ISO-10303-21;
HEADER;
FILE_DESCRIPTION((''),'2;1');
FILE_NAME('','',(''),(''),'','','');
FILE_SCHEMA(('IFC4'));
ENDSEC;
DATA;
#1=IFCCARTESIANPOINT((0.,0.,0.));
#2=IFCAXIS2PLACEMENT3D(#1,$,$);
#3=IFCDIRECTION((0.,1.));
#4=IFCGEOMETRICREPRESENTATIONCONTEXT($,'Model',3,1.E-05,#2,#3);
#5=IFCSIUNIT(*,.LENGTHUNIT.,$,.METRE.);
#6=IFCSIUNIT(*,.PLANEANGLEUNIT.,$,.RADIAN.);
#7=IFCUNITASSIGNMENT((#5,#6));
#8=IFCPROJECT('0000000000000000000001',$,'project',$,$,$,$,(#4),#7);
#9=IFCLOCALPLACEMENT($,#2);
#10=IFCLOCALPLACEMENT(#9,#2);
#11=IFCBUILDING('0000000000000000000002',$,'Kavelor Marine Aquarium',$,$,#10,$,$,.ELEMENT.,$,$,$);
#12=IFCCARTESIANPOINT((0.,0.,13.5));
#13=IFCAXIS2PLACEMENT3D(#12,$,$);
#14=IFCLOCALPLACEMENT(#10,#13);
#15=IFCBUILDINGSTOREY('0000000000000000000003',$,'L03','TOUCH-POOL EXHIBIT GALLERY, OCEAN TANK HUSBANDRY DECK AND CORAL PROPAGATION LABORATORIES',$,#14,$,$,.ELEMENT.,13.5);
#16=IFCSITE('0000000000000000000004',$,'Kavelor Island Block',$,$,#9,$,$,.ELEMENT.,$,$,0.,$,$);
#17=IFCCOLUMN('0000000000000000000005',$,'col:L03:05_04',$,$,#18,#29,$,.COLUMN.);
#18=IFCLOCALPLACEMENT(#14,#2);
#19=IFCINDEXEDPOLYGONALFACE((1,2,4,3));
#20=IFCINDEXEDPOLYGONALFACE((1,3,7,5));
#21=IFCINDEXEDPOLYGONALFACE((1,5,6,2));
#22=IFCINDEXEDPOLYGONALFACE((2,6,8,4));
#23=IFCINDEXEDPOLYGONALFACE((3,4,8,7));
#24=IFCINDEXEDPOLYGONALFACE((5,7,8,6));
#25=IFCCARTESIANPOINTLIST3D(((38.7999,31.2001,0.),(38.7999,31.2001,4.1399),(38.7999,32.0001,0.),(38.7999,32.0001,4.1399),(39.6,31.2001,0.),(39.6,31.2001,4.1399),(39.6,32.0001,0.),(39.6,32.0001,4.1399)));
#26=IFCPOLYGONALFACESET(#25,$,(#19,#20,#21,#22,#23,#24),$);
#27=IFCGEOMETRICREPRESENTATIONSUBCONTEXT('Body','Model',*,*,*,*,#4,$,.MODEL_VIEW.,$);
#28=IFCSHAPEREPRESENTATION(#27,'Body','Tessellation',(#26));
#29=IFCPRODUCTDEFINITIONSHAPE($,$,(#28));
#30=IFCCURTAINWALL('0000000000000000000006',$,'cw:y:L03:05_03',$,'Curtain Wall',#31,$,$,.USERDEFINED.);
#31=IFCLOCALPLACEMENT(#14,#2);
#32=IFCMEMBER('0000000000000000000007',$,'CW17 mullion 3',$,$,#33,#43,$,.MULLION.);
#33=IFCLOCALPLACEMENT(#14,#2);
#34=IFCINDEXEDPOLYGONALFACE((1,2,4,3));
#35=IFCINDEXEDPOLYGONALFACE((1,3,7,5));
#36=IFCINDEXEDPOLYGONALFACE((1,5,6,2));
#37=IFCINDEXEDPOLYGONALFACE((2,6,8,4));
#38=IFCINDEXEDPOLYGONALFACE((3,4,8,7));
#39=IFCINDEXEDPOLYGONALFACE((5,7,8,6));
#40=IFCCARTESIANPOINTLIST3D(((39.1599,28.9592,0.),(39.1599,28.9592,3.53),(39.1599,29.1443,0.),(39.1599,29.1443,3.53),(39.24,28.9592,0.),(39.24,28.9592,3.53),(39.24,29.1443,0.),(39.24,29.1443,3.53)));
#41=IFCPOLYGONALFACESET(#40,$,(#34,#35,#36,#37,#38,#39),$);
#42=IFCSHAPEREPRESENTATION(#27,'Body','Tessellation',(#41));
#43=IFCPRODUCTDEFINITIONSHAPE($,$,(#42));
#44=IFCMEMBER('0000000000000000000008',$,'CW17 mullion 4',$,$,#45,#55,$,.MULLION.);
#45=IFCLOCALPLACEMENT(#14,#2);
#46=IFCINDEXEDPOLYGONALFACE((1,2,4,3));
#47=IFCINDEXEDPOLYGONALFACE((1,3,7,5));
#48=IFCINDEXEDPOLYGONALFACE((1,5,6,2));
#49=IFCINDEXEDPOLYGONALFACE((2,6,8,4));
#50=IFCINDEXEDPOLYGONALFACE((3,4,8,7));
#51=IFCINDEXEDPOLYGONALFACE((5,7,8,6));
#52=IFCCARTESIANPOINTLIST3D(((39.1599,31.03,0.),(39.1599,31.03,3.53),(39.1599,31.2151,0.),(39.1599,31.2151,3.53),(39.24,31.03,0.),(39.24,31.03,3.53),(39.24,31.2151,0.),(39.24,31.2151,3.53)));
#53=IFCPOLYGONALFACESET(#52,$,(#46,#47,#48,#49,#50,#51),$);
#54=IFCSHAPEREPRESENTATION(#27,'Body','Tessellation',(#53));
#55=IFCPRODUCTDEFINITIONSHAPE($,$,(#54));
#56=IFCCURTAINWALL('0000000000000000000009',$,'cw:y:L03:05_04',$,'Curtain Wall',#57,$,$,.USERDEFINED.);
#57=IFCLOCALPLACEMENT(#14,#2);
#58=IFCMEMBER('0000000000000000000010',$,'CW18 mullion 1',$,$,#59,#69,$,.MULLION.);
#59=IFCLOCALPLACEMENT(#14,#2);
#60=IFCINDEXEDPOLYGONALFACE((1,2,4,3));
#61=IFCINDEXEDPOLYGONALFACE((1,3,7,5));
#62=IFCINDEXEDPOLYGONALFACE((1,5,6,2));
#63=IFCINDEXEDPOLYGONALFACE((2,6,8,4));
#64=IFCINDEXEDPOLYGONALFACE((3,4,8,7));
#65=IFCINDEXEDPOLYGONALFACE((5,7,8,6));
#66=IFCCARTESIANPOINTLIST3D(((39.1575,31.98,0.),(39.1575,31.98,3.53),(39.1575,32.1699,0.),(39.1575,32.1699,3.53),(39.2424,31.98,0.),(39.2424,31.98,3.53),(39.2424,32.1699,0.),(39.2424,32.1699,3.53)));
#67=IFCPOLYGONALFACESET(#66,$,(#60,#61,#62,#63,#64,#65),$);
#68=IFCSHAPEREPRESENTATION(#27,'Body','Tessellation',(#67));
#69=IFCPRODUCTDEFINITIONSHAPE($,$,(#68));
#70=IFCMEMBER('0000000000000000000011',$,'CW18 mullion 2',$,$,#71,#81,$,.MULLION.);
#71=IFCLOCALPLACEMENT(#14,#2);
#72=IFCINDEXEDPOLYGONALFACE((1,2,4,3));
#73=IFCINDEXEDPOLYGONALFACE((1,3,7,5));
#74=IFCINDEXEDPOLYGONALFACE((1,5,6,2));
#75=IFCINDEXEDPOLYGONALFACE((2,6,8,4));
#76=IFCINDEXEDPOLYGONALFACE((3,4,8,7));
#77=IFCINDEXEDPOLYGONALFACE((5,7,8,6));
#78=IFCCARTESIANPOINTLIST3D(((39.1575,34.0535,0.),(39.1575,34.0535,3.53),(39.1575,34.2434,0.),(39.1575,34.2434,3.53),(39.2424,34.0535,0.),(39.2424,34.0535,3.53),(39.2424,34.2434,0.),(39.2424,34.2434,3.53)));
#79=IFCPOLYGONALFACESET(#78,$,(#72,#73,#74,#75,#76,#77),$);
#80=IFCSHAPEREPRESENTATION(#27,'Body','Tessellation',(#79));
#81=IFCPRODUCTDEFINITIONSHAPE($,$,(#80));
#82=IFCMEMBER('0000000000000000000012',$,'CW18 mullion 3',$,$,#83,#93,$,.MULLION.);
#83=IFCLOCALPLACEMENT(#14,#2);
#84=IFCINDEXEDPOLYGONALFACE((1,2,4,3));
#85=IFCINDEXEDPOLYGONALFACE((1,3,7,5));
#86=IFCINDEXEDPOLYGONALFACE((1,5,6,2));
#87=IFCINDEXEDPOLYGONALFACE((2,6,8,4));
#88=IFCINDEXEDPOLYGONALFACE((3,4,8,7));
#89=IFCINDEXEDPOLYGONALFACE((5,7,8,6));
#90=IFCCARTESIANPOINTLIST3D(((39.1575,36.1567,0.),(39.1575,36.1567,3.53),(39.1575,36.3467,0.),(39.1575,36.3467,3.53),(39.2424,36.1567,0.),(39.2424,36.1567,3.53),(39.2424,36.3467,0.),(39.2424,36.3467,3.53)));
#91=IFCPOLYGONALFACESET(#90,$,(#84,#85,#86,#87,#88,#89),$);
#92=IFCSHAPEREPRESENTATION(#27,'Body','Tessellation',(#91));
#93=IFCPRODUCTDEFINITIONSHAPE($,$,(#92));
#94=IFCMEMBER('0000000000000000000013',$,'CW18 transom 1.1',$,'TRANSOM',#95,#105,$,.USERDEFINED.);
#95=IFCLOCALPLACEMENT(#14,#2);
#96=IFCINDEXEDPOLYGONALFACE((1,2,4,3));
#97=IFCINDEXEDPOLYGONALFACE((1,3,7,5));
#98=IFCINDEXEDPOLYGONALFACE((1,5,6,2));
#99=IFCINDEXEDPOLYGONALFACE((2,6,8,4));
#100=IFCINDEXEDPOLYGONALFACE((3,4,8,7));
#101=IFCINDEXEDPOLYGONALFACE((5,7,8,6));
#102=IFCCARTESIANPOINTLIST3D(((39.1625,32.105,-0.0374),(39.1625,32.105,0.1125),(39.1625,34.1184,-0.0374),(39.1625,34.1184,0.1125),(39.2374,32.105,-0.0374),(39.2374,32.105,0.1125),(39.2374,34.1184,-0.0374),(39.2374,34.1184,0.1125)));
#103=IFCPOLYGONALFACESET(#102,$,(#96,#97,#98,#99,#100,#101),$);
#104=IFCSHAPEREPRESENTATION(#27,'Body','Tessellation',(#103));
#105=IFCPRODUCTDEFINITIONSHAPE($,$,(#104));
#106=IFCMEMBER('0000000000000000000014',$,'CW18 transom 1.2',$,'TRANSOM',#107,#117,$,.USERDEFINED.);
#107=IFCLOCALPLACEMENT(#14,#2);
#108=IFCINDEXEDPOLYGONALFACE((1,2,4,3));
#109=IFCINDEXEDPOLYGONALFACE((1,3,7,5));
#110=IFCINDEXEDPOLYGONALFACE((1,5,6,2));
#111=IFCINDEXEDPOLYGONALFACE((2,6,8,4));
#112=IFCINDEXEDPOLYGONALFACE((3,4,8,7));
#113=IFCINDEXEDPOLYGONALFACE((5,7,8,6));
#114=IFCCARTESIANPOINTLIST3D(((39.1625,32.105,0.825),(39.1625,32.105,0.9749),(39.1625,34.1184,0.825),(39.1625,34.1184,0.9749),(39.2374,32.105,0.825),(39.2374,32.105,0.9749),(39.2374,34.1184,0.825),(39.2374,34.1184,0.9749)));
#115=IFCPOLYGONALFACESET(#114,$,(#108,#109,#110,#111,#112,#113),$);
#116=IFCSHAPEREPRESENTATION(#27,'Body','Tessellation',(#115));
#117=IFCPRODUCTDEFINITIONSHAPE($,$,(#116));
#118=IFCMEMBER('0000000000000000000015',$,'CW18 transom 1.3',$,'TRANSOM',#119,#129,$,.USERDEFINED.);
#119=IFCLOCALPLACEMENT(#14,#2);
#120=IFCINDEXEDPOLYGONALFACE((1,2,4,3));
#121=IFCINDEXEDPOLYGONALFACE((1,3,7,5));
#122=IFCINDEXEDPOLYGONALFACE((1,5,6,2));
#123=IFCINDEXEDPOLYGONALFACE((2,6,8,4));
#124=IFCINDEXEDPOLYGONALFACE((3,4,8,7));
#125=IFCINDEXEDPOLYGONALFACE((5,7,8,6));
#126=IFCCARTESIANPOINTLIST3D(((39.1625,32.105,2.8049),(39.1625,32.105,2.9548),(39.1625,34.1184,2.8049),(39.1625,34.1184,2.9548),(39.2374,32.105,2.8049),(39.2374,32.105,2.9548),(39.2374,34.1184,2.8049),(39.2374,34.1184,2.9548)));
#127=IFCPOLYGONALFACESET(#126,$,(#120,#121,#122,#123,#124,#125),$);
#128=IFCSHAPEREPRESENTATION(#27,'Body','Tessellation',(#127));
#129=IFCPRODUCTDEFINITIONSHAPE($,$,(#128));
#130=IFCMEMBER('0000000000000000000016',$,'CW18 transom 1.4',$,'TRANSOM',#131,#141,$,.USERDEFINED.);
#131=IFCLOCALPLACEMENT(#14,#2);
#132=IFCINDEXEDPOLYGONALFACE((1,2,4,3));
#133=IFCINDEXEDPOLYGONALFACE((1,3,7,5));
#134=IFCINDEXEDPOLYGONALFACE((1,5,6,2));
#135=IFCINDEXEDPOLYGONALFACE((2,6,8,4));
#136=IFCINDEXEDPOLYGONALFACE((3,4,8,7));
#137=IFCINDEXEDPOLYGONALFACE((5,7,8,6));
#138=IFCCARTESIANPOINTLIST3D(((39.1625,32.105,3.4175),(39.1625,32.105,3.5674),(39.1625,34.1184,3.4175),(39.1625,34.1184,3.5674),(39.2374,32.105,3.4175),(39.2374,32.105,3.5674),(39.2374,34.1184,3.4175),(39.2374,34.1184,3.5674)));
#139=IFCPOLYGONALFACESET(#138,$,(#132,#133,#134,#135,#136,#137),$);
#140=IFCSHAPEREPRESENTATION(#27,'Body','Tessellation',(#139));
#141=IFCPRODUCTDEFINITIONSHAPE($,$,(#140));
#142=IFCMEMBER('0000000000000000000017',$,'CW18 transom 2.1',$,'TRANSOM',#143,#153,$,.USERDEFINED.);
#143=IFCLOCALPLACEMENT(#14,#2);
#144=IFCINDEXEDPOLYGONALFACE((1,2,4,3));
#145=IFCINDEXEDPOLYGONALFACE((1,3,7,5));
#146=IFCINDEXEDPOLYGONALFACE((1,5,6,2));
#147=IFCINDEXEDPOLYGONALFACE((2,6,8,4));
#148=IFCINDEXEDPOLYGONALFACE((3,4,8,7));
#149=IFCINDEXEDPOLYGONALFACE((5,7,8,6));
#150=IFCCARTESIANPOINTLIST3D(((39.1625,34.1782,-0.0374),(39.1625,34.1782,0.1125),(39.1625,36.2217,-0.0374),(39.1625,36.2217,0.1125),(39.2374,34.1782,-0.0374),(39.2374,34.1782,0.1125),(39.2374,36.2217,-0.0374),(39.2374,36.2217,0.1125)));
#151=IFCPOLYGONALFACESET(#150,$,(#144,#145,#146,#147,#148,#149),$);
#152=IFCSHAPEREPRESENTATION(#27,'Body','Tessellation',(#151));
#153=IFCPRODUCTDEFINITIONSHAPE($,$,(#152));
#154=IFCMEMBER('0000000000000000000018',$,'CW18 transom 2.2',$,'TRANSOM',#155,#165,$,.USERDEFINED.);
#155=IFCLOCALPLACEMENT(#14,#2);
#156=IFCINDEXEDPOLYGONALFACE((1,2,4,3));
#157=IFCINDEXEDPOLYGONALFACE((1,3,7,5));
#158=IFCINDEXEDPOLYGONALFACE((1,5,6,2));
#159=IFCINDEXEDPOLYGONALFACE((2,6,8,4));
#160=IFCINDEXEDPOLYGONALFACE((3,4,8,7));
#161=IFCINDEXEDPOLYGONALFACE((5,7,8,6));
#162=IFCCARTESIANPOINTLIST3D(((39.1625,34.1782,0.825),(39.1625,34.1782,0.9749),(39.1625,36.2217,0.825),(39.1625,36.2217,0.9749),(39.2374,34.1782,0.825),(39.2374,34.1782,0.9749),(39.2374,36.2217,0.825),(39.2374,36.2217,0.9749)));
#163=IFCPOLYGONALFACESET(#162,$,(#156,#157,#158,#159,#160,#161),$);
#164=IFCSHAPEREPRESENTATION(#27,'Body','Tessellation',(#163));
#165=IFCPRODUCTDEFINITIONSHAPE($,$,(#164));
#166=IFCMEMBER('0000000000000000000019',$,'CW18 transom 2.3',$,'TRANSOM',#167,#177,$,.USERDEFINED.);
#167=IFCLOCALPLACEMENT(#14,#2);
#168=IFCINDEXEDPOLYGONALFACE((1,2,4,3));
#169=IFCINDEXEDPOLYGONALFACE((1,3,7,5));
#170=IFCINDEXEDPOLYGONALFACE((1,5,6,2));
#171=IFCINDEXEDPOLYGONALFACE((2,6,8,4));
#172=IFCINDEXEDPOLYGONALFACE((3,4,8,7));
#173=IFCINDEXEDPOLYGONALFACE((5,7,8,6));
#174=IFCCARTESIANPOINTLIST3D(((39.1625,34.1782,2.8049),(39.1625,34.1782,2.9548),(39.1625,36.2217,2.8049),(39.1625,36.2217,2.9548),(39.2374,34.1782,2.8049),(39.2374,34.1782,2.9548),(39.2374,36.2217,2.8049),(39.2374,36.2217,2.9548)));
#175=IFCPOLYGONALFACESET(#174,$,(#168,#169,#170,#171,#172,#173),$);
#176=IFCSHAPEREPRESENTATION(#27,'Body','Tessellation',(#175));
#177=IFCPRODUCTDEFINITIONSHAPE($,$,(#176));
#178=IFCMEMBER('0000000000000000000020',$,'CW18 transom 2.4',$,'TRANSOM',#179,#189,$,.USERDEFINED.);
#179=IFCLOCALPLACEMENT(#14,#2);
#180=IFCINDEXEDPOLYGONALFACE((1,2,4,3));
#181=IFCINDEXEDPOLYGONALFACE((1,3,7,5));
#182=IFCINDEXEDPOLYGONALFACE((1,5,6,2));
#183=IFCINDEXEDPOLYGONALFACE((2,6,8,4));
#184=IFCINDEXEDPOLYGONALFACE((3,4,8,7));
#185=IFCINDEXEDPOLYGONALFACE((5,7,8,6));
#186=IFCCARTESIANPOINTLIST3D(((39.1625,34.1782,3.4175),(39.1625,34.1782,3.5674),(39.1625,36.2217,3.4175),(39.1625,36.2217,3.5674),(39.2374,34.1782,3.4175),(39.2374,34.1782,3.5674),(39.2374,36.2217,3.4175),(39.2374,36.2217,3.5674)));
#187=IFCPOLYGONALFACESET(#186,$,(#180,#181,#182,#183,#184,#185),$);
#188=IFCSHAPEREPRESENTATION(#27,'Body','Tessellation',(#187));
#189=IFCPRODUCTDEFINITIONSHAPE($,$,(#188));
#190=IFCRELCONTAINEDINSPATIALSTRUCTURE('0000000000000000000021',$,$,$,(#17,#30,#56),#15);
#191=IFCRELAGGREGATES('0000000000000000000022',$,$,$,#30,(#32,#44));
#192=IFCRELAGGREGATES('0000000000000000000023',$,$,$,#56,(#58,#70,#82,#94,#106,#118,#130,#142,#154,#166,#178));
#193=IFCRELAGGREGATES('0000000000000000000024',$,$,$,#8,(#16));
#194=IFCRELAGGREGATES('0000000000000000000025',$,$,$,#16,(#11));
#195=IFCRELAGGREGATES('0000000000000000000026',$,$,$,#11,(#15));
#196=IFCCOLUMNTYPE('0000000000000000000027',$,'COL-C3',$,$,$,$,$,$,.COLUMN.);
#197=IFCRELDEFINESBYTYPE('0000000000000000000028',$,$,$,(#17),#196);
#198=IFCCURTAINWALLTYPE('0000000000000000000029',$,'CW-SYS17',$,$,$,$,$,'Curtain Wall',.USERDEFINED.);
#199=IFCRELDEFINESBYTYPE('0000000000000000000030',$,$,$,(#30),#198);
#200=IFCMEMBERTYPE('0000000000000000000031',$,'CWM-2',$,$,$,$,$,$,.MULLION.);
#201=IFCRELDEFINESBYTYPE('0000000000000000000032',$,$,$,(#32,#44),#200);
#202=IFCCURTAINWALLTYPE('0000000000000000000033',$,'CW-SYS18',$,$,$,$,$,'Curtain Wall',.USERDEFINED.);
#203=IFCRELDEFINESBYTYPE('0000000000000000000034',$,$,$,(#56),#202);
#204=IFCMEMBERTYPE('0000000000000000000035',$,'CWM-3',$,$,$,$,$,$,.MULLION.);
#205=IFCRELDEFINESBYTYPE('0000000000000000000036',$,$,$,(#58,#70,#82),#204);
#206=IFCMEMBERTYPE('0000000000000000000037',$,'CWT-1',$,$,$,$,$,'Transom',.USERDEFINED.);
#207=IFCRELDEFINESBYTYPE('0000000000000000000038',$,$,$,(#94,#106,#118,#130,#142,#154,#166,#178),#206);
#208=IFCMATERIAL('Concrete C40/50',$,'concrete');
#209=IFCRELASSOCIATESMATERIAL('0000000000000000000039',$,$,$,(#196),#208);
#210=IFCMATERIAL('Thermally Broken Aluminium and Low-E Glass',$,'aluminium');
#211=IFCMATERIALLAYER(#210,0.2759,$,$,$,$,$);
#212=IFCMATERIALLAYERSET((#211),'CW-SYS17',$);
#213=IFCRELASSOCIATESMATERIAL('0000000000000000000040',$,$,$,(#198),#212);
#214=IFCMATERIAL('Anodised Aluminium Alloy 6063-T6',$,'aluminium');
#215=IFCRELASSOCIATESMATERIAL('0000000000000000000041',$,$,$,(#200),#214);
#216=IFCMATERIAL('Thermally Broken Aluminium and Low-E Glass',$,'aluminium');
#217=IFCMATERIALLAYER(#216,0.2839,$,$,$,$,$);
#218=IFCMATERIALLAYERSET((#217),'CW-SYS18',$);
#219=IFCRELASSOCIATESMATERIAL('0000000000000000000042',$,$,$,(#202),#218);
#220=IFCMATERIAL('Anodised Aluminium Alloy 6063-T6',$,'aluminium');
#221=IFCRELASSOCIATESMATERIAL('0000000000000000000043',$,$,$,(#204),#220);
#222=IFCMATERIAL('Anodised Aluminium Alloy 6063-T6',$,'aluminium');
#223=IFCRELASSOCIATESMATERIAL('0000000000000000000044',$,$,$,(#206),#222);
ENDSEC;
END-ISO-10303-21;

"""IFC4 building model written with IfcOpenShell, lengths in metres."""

from ifc_helpers import new_model, si_unit, direction, frame, origin, origin_2d, place, context, subcontext, project, spatial, rectangle, extrude, material, layer, layer_set, material_profile, profile_set, type_object, element, aggregate, save


model = new_model("IFC4")

# Units and contexts
model_context = context("Model", 3, precision=1e-05, world=origin(), true_north=direction((0.0, 1.0)))
body_context = subcontext(model_context, "Body", "Model", "MODEL_VIEW")
ifc_project = project(units=[si_unit("LENGTHUNIT", "METRE"), si_unit("PLANEANGLEUNIT", "RADIAN")], contexts=[model_context])

# Site, building, storey
site_placement = place(None, origin())
site = spatial("IfcSite", under=ifc_project, at=site_placement, Name="Kavelor Island Block", CompositionType="ELEMENT", RefElevation=0.0)
building_placement = place(site_placement, origin())
building = spatial("IfcBuilding", under=site, at=building_placement, Name="Kavelor Marine Aquarium", CompositionType="ELEMENT")
storey_placement = place(building_placement, frame((0.0, 0.0, 13.5)))
storey = spatial("IfcBuildingStorey", under=building, at=storey_placement, Name="L03", Description="TOUCH-POOL EXHIBIT GALLERY, OCEAN TANK HUSBANDRY DECK AND CORAL PROPAGATION LABORATORIES", CompositionType="ELEMENT", Elevation=13.5)

# Column
ifc_material_1 = material(Name="Concrete C40/50", Category="concrete")
ifc_material_profile_1 = material_profile(ifc_material_1, rectangle(XDim=0.8, YDim=0.8, at=origin_2d()), Name="RC-COL 800x800")
ifc_profile_set_1 = profile_set([ifc_material_profile_1], Name="Concrete C40/50")
column_type = type_object("IfcColumnType", Name="COL-C3", PredefinedType="COLUMN", material=ifc_profile_set_1)
column_placement = place(storey_placement, frame((39.2, 31.6001, 0.0), z_axis=(0.0, 0.0, 1.0), x_axis=(1.0, 0.0, 0.0)))
element("IfcColumn", 1, at=column_placement, inside=storey, type_object=column_type, Name="col:L03:05_04", PredefinedType="COLUMN", context=body_context, shape_type="SweptSolid", body=[
    extrude(rectangle(XDim=0.8, YDim=0.8, at=origin_2d()), origin(), (0.0, 0.0, 1.0), 4.1399),
])

# Curtain walls, members
ifc_material_2 = material(Name="Thermally Broken Aluminium and Low-E Glass", Category="aluminium")
ifc_layer_1 = layer(ifc_material_2, 0.2759)
ifc_layer_set_1 = layer_set([ifc_layer_1], Name="CW-SYS17")
curtain_wall_type_1 = type_object("IfcCurtainWallType", Name="CW-SYS17", ElementType="Curtain Wall", PredefinedType="USERDEFINED", material=ifc_layer_set_1)
curtain_wall_1_placement = place(storey_placement, origin())
curtain_wall_1 = element("IfcCurtainWall", 2, at=curtain_wall_1_placement, inside=storey, type_object=curtain_wall_type_1, Name="cw:y:L03:05_03", ObjectType="Curtain Wall", PredefinedType="USERDEFINED")
ifc_material_3 = material(Name="Anodised Aluminium Alloy 6063-T6", Category="aluminium")
ifc_material_profile_2 = material_profile(ifc_material_3, rectangle(XDim=0.0801, YDim=0.1851, at=origin_2d()), Name="CW-MUL 80x185")
ifc_profile_set_2 = profile_set([ifc_material_profile_2], Name="Anodised Aluminium Alloy 6063-T6")
member_type_1 = type_object("IfcMemberType", Name="CWM-2", PredefinedType="MULLION", material=ifc_profile_set_2)
member_1_placement = place(storey_placement, frame((39.2, 29.0518, 0.0), z_axis=(0.0, 0.0, 1.0), x_axis=(-1.0, 0.0, 0.0)))
member_1 = element("IfcMember", 3, at=member_1_placement, type_object=member_type_1, Name="CW17 mullion 3", PredefinedType="MULLION", context=body_context, shape_type="SweptSolid", body=[
    extrude(rectangle(XDim=0.0801, YDim=0.1851, at=origin_2d()), origin(), (0.0, 0.0, 1.0), 3.53),
])
member_2_placement = place(storey_placement, frame((39.2, 31.1226, 0.0), z_axis=(0.0, 0.0, 1.0), x_axis=(-1.0, 0.0, 0.0)))
member_2 = element("IfcMember", 4, at=member_2_placement, type_object=member_type_1, Name="CW17 mullion 4", PredefinedType="MULLION", context=body_context, shape_type="SweptSolid", body=[
    extrude(rectangle(XDim=0.0801, YDim=0.1851, at=origin_2d()), origin(), (0.0, 0.0, 1.0), 3.53),
])
ifc_material_4 = material(Name="Thermally Broken Aluminium and Low-E Glass", Category="aluminium")
ifc_layer_2 = layer(ifc_material_4, 0.2839)
ifc_layer_set_2 = layer_set([ifc_layer_2], Name="CW-SYS18")
curtain_wall_type_2 = type_object("IfcCurtainWallType", Name="CW-SYS18", ElementType="Curtain Wall", PredefinedType="USERDEFINED", material=ifc_layer_set_2)
curtain_wall_2_placement = place(storey_placement, origin())
curtain_wall_2 = element("IfcCurtainWall", 5, at=curtain_wall_2_placement, inside=storey, type_object=curtain_wall_type_2, Name="cw:y:L03:05_04", ObjectType="Curtain Wall", PredefinedType="USERDEFINED")
ifc_material_5 = material(Name="Anodised Aluminium Alloy 6063-T6", Category="aluminium")
ifc_material_profile_3 = material_profile(ifc_material_5, rectangle(XDim=0.085, YDim=0.1899, at=origin_2d()), Name="CW-MUL 85x190")
ifc_profile_set_3 = profile_set([ifc_material_profile_3], Name="Anodised Aluminium Alloy 6063-T6")
member_type_2 = type_object("IfcMemberType", Name="CWM-3", PredefinedType="MULLION", material=ifc_profile_set_3)
member_3_placement = place(storey_placement, frame((39.2, 32.075, 0.0), z_axis=(0.0, 0.0, 1.0), x_axis=(-1.0, 0.0, 0.0)))
member_3 = element("IfcMember", 6, at=member_3_placement, type_object=member_type_2, Name="CW18 mullion 1", PredefinedType="MULLION", context=body_context, shape_type="SweptSolid", body=[
    extrude(rectangle(XDim=0.085, YDim=0.1899, at=origin_2d()), origin(), (0.0, 0.0, 1.0), 3.53),
])
member_4_placement = place(storey_placement, frame((39.2, 34.1484, 0.0), z_axis=(0.0, 0.0, 1.0), x_axis=(-1.0, 0.0, 0.0)))
member_4 = element("IfcMember", 7, at=member_4_placement, type_object=member_type_2, Name="CW18 mullion 2", PredefinedType="MULLION", context=body_context, shape_type="SweptSolid", body=[
    extrude(rectangle(XDim=0.085, YDim=0.1899, at=origin_2d()), origin(), (0.0, 0.0, 1.0), 3.53),
])
member_5_placement = place(storey_placement, frame((39.2, 36.2517, 0.0), z_axis=(0.0, 0.0, 1.0), x_axis=(-1.0, 0.0, 0.0)))
member_5 = element("IfcMember", 8, at=member_5_placement, type_object=member_type_2, Name="CW18 mullion 3", PredefinedType="MULLION", context=body_context, shape_type="SweptSolid", body=[
    extrude(rectangle(XDim=0.085, YDim=0.1899, at=origin_2d()), origin(), (0.0, 0.0, 1.0), 3.53),
])
ifc_material_6 = material(Name="Anodised Aluminium Alloy 6063-T6", Category="aluminium")
ifc_material_profile_4 = material_profile(ifc_material_6, rectangle(XDim=0.075, YDim=0.1499, at=origin_2d()), Name="CW-TRN 75x150")
ifc_profile_set_4 = profile_set([ifc_material_profile_4], Name="Anodised Aluminium Alloy 6063-T6")
member_type_3 = type_object("IfcMemberType", Name="CWT-1", ElementType="Transom", PredefinedType="USERDEFINED", material=ifc_profile_set_4)
member_6_placement = place(storey_placement, frame((39.2, 32.105, 0.0376), z_axis=(0.0, 1.0, 0.0), x_axis=(-1.0, 0.0, 0.0)))
member_6 = element("IfcMember", 9, at=member_6_placement, type_object=member_type_3, Name="CW18 transom 1.1", ObjectType="TRANSOM", PredefinedType="USERDEFINED", context=body_context, shape_type="SweptSolid", body=[
    extrude(rectangle(XDim=0.075, YDim=0.1499, at=origin_2d()), origin(), (0.0, 0.0, 1.0), 2.0134),
])
member_7_placement = place(storey_placement, frame((39.2, 32.105, 0.8999), z_axis=(0.0, 1.0, 0.0), x_axis=(-1.0, 0.0, 0.0)))
member_7 = element("IfcMember", 10, at=member_7_placement, type_object=member_type_3, Name="CW18 transom 1.2", ObjectType="TRANSOM", PredefinedType="USERDEFINED", context=body_context, shape_type="SweptSolid", body=[
    extrude(rectangle(XDim=0.075, YDim=0.1499, at=origin_2d()), origin(), (0.0, 0.0, 1.0), 2.0134),
])
member_8_placement = place(storey_placement, frame((39.2, 32.105, 2.8799), z_axis=(0.0, 1.0, 0.0), x_axis=(-1.0, 0.0, 0.0)))
member_8 = element("IfcMember", 11, at=member_8_placement, type_object=member_type_3, Name="CW18 transom 1.3", ObjectType="TRANSOM", PredefinedType="USERDEFINED", context=body_context, shape_type="SweptSolid", body=[
    extrude(rectangle(XDim=0.075, YDim=0.1499, at=origin_2d()), origin(), (0.0, 0.0, 1.0), 2.0134),
])
member_9_placement = place(storey_placement, frame((39.2, 32.105, 3.4924), z_axis=(0.0, 1.0, 0.0), x_axis=(-1.0, 0.0, 0.0)))
member_9 = element("IfcMember", 12, at=member_9_placement, type_object=member_type_3, Name="CW18 transom 1.4", ObjectType="TRANSOM", PredefinedType="USERDEFINED", context=body_context, shape_type="SweptSolid", body=[
    extrude(rectangle(XDim=0.075, YDim=0.1499, at=origin_2d()), origin(), (0.0, 0.0, 1.0), 2.0134),
])
member_10_placement = place(storey_placement, frame((39.2, 34.1782, 0.0376), z_axis=(0.0, 1.0, 0.0), x_axis=(-1.0, 0.0, 0.0)))
member_10 = element("IfcMember", 13, at=member_10_placement, type_object=member_type_3, Name="CW18 transom 2.1", ObjectType="TRANSOM", PredefinedType="USERDEFINED", context=body_context, shape_type="SweptSolid", body=[
    extrude(rectangle(XDim=0.075, YDim=0.1499, at=origin_2d()), origin(), (0.0, 0.0, 1.0), 2.0435),
])
member_11_placement = place(storey_placement, frame((39.2, 34.1782, 0.8999), z_axis=(0.0, 1.0, 0.0), x_axis=(-1.0, 0.0, 0.0)))
member_11 = element("IfcMember", 14, at=member_11_placement, type_object=member_type_3, Name="CW18 transom 2.2", ObjectType="TRANSOM", PredefinedType="USERDEFINED", context=body_context, shape_type="SweptSolid", body=[
    extrude(rectangle(XDim=0.075, YDim=0.1499, at=origin_2d()), origin(), (0.0, 0.0, 1.0), 2.0435),
])
member_12_placement = place(storey_placement, frame((39.2, 34.1782, 2.8799), z_axis=(0.0, 1.0, 0.0), x_axis=(-1.0, 0.0, 0.0)))
member_12 = element("IfcMember", 15, at=member_12_placement, type_object=member_type_3, Name="CW18 transom 2.3", ObjectType="TRANSOM", PredefinedType="USERDEFINED", context=body_context, shape_type="SweptSolid", body=[
    extrude(rectangle(XDim=0.075, YDim=0.1499, at=origin_2d()), origin(), (0.0, 0.0, 1.0), 2.0435),
])
member_13_placement = place(storey_placement, frame((39.2, 34.1782, 3.4924), z_axis=(0.0, 1.0, 0.0), x_axis=(-1.0, 0.0, 0.0)))
member_13 = element("IfcMember", 16, at=member_13_placement, type_object=member_type_3, Name="CW18 transom 2.4", ObjectType="TRANSOM", PredefinedType="USERDEFINED", context=body_context, shape_type="SweptSolid", body=[
    extrude(rectangle(XDim=0.075, YDim=0.1499, at=origin_2d()), origin(), (0.0, 0.0, 1.0), 2.0435),
])

aggregate(curtain_wall_1, [member_1, member_2])
aggregate(curtain_wall_2, [member_3, member_4, member_5, member_6, member_7, member_8, member_9, member_10, member_11, member_12, member_13])

save(model, "model.ifc")
